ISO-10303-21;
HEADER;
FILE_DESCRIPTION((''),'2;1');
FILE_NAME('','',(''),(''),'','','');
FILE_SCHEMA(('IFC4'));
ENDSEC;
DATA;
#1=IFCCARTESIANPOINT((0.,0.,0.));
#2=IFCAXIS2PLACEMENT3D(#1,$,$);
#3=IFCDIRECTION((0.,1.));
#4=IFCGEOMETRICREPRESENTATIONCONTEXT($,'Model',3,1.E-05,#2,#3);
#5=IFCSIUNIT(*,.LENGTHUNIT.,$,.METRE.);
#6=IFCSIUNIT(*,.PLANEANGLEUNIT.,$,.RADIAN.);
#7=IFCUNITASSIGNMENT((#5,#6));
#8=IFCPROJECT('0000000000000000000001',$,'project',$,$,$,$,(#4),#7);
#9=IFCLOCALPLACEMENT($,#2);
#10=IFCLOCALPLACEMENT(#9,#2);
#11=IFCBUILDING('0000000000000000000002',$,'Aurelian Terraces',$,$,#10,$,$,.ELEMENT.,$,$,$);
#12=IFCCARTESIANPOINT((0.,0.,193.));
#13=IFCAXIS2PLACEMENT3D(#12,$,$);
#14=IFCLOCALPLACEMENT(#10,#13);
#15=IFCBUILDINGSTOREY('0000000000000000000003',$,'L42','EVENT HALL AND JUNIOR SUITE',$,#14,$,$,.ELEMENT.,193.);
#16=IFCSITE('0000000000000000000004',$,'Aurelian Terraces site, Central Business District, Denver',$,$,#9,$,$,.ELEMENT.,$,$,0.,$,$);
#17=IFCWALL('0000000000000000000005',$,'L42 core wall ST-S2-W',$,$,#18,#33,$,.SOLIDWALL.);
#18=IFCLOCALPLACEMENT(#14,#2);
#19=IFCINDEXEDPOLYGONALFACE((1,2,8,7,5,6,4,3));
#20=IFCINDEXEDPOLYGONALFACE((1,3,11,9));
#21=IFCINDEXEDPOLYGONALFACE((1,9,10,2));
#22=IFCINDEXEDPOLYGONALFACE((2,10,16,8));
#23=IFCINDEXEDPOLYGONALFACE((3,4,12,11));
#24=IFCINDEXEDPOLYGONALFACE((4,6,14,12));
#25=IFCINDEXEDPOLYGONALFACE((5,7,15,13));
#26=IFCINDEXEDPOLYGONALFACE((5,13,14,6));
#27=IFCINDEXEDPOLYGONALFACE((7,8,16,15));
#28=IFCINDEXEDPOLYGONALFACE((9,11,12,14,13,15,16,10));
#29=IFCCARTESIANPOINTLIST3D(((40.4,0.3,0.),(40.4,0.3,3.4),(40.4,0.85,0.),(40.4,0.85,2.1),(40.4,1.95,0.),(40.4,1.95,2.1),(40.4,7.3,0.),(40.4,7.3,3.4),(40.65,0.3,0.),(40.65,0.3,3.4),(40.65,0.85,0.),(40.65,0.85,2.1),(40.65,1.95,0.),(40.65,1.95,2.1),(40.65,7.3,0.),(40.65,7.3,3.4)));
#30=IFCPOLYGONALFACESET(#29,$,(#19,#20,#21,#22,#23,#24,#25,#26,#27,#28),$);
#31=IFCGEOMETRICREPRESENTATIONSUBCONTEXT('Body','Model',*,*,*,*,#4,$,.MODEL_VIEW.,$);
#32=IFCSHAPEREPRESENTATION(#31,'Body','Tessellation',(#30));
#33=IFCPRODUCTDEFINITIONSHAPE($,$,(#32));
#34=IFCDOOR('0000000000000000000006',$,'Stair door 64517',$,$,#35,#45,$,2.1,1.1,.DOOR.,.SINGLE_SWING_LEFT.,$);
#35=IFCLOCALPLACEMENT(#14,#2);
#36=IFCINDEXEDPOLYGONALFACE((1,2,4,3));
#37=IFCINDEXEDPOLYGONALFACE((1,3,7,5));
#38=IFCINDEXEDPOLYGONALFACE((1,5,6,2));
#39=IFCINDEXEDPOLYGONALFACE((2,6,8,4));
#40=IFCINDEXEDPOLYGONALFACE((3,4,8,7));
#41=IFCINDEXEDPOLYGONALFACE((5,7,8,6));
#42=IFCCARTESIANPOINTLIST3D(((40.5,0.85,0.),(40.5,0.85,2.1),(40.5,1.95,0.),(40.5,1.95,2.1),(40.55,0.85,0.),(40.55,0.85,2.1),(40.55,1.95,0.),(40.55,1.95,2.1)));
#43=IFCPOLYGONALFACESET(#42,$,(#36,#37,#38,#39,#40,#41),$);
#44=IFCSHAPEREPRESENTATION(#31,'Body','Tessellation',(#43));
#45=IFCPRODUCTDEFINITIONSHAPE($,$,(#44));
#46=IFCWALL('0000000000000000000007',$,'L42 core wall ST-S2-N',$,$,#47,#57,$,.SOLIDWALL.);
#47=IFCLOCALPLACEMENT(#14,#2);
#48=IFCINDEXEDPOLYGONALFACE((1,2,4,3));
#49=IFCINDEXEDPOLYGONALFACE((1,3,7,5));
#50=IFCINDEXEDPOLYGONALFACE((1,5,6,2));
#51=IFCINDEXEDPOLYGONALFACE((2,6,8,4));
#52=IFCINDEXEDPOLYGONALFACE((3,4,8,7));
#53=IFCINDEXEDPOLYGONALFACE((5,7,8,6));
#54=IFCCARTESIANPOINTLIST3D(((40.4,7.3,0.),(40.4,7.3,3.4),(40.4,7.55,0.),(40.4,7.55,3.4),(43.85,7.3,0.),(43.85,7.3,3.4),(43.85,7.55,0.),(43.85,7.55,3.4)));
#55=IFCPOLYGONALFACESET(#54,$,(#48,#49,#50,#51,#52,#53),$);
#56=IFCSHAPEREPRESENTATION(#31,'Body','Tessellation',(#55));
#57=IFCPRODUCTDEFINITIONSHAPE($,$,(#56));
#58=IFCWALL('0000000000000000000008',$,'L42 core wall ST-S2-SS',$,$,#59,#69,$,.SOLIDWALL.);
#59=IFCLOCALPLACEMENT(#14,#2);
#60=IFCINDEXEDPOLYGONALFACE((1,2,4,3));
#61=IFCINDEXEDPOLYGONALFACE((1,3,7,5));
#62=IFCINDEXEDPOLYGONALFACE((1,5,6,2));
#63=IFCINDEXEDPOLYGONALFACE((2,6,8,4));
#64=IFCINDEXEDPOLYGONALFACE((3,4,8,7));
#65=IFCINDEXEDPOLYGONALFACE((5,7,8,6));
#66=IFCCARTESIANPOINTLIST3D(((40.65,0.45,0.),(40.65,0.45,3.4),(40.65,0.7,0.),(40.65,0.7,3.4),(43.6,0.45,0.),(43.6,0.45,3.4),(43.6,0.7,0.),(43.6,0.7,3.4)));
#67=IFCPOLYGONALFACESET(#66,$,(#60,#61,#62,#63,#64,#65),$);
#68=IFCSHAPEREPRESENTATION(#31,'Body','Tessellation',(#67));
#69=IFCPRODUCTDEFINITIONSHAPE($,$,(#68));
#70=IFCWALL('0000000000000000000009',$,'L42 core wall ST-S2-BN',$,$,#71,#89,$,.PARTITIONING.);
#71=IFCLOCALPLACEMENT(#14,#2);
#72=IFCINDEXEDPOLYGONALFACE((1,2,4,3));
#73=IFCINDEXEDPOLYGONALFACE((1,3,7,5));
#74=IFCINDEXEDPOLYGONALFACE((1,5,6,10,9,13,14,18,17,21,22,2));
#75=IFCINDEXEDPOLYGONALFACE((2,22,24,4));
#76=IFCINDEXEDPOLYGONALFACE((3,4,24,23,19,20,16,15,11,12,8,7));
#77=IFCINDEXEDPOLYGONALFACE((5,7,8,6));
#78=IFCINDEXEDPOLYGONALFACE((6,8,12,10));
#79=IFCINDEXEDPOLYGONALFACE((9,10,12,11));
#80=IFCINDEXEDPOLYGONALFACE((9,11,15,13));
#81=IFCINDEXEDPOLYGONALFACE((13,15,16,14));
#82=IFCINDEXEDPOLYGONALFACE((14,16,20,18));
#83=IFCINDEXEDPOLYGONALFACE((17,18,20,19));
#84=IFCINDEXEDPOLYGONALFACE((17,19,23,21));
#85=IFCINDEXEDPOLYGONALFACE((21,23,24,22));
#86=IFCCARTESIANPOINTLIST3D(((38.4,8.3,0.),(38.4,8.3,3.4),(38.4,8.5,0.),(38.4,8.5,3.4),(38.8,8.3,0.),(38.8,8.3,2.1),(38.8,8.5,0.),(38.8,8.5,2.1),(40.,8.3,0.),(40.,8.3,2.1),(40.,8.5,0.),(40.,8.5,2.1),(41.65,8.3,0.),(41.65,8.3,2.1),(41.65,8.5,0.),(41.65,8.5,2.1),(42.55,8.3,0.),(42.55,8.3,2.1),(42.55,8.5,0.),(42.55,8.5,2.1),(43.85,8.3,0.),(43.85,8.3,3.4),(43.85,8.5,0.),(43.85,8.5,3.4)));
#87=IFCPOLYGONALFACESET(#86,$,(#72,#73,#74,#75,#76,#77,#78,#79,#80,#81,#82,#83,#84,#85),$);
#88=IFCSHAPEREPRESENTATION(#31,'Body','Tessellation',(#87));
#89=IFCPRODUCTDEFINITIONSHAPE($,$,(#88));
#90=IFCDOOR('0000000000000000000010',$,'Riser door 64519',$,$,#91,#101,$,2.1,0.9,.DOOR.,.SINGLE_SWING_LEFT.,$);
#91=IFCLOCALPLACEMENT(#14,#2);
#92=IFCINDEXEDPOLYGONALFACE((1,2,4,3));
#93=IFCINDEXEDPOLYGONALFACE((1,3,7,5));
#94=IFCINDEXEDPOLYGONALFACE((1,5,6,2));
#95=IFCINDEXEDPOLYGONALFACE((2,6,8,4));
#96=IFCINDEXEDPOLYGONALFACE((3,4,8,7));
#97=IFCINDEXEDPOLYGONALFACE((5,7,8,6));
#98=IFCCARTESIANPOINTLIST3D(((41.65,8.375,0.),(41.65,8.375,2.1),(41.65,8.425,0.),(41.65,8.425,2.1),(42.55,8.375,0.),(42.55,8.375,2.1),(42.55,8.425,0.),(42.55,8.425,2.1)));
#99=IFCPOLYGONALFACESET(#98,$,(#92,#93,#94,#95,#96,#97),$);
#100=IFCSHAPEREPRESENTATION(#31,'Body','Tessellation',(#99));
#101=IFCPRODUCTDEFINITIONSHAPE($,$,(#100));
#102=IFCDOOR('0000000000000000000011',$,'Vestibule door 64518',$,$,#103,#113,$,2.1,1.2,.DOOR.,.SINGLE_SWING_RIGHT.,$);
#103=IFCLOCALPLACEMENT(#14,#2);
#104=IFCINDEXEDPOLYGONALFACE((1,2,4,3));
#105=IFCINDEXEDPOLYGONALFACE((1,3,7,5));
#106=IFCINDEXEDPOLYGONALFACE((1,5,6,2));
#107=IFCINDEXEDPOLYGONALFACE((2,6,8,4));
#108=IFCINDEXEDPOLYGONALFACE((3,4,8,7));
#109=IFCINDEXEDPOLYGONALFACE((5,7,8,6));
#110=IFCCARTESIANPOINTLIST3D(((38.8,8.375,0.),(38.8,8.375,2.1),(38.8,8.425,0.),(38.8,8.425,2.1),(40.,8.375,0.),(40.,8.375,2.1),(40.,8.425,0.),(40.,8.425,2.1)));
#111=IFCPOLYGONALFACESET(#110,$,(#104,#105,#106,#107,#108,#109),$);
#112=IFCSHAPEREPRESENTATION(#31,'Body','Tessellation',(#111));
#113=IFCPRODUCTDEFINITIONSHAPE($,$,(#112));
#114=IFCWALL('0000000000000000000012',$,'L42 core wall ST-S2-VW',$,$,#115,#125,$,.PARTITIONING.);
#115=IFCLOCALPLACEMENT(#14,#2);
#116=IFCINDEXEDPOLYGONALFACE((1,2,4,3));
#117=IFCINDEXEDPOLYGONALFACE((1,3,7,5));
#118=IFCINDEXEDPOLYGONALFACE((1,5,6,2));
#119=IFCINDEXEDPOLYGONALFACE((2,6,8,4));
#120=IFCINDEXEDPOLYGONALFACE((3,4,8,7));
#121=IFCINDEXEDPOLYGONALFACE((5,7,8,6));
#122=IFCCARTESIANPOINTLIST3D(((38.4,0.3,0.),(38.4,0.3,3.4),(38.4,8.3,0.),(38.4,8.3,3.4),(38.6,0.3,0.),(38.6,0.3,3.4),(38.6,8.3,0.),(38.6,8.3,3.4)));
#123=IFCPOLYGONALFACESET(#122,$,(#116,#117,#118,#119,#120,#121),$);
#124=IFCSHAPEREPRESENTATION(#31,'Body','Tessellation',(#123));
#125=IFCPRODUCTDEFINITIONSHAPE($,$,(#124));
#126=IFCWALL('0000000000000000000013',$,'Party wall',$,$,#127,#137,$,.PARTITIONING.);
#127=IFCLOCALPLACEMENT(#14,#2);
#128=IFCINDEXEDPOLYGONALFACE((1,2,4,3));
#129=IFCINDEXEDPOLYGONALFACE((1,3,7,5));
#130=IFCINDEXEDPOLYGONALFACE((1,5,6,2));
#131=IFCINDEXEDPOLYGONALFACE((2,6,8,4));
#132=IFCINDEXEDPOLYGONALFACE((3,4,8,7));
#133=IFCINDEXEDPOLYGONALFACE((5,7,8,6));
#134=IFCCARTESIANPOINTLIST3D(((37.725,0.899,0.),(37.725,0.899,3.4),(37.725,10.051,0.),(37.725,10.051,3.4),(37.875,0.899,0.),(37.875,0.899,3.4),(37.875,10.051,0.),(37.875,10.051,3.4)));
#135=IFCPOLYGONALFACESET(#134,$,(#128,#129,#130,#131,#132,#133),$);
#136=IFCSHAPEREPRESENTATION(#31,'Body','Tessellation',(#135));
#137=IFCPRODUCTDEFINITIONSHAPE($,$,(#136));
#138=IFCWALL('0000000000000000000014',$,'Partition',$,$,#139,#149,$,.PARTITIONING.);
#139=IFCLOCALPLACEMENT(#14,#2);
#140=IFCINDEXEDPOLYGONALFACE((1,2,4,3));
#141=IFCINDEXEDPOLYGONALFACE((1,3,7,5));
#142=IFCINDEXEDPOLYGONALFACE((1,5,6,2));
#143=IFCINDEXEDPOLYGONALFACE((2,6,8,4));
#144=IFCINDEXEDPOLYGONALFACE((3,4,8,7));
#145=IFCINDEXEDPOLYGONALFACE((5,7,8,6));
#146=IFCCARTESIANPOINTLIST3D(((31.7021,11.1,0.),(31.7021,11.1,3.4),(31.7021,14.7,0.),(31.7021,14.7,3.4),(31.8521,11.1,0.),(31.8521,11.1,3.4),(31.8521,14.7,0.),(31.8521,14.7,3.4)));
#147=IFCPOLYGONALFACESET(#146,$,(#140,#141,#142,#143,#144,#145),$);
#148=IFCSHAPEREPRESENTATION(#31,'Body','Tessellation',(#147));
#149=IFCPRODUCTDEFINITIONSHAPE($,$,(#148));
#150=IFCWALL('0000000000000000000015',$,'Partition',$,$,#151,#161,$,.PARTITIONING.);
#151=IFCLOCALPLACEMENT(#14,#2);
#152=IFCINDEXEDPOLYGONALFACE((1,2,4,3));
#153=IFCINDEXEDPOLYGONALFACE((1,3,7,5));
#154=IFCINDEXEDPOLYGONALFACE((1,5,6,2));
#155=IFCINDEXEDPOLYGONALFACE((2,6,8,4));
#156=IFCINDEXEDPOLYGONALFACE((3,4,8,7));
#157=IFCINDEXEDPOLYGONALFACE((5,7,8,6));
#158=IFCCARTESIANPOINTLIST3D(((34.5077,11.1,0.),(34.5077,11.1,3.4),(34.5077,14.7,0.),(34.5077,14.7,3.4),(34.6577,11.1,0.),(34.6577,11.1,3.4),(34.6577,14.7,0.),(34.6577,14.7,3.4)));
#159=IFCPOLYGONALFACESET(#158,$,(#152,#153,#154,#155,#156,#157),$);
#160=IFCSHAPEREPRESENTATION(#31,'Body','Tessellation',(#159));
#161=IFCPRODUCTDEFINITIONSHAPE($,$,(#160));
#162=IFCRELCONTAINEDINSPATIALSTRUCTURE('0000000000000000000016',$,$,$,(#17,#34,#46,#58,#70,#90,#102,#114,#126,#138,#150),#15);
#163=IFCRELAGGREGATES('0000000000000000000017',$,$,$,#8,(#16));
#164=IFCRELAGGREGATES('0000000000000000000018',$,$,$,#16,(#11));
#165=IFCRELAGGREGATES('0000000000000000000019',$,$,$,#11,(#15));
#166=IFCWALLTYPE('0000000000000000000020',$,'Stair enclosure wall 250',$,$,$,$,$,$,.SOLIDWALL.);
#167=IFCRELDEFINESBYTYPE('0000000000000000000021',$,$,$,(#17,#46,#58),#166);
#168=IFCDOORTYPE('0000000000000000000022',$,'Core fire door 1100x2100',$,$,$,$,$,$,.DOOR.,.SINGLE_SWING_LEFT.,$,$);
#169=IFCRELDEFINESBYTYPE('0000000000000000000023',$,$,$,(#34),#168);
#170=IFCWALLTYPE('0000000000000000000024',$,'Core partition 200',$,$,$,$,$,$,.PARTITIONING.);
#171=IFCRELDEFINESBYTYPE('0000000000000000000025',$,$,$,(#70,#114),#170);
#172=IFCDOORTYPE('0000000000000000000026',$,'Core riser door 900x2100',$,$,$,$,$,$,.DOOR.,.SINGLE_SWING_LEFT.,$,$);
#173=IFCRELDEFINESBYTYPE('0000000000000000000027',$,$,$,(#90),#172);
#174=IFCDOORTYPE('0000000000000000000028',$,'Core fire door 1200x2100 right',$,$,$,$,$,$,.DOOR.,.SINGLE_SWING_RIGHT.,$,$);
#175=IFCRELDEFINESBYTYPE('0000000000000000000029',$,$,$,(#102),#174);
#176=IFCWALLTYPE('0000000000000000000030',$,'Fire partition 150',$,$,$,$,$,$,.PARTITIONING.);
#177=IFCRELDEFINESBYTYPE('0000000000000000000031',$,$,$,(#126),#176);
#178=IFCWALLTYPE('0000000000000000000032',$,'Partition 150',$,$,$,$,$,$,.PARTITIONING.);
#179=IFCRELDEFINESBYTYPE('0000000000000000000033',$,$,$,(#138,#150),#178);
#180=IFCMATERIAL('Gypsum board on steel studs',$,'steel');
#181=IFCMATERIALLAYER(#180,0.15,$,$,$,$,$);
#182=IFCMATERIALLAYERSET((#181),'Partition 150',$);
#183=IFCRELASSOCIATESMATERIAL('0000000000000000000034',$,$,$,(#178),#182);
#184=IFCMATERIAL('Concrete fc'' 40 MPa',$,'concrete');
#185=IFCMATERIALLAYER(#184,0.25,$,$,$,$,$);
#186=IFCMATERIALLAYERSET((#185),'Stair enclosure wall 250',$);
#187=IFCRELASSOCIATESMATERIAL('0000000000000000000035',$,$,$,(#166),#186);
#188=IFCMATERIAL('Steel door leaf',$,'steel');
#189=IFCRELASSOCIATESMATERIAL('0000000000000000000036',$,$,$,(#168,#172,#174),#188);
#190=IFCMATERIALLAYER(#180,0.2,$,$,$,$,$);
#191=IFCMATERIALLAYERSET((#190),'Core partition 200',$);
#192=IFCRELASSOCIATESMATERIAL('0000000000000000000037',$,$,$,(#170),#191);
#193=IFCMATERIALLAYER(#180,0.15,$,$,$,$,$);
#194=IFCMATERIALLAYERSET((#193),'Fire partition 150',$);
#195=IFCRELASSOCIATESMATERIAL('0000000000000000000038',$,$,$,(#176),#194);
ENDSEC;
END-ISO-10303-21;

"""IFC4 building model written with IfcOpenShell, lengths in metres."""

from ifc_helpers import new_model, si_unit, direction, frame, frame_2d, origin, place, context, subcontext, project, spatial, rectangle, extrude, source, transform, mapped, material, layer, layer_set, type_object, element, fill, save


model = new_model("IFC4")

# Units and contexts
model_context = context("Model", 3, precision=1e-05, world=origin(), true_north=direction((0.0, 1.0)))
body_context = subcontext(model_context, "Body", "Model", "MODEL_VIEW")
ifc_project = project(units=[si_unit("LENGTHUNIT", "METRE"), si_unit("PLANEANGLEUNIT", "RADIAN")], contexts=[model_context])

# Site, building, storey
site_placement = place(None, origin())
site = spatial("IfcSite", under=ifc_project, at=site_placement, Name="Aurelian Terraces site, Central Business District, Denver", CompositionType="ELEMENT", RefElevation=0.0)
building_placement = place(site_placement, origin())
building = spatial("IfcBuilding", under=site, at=building_placement, Name="Aurelian Terraces", CompositionType="ELEMENT")
storey_placement = place(building_placement, frame((0.0, 0.0, 193.0)))
storey = spatial("IfcBuildingStorey", under=building, at=storey_placement, Name="L42", Description="EVENT HALL AND JUNIOR SUITE", CompositionType="ELEMENT", Elevation=193.0)

# Shared definitions
ifc_material_1 = material(Name="Gypsum board on steel studs", Category="steel")
ifc_layer_1 = layer(ifc_material_1, 0.15)
ifc_layer_set_1 = layer_set([ifc_layer_1], Name="Partition 150")
wall_type_1 = type_object("IfcWallType", Name="Partition 150", PredefinedType="PARTITIONING", material=ifc_layer_set_1)

# Shared definitions
ifc_material_2 = material(Name="Concrete fc' 40 MPa", Category="concrete")

# Wall, opening, door
ifc_layer_2 = layer(ifc_material_2, 0.25)
ifc_layer_set_2 = layer_set([ifc_layer_2], Name="Stair enclosure wall 250")
wall_type_2 = type_object("IfcWallType", Name="Stair enclosure wall 250", PredefinedType="SOLIDWALL", material=ifc_layer_set_2)
shared_shape_1 = source(origin(), body_context, "Body", "SweptSolid", [
    extrude(rectangle(XDim=7.0, YDim=0.25, at=frame_2d((3.5, 0.0))), origin(), (0.0, 0.0, 1.0), 3.4),
])
wall_1_placement = place(storey_placement, frame((40.525, 0.3, 0.0), z_axis=(0.0, 0.0, 1.0), x_axis=(0.0, 1.0, 0.0)))
wall_1 = element("IfcWall", 1, at=wall_1_placement, inside=storey, type_object=wall_type_2, Name="L42 core wall ST-S2-W", PredefinedType="SOLIDWALL", context=body_context, shape_type="MappedRepresentation", body=[
    mapped(shared_shape_1, transform((0.0, 0.0, 0.0), scale=1.0)),
])
shared_shape_2 = source(origin(), body_context, "Body", "SweptSolid", [
    extrude(rectangle(XDim=1.1, YDim=2.1, at=frame_2d((0.55, 1.05))), frame((0.0, 0.135, 0.0), z_axis=(0.0, -1.0, 0.0), x_axis=(1.0, 0.0, 0.0)), (0.0, 0.0, 1.0), 0.27),
])
opening_1_placement = place(wall_1_placement, frame((0.55, 0.0, 0.0)))
opening_1 = element("IfcOpeningElement", 2, at=opening_1_placement, cuts=wall_1, PredefinedType="OPENING", context=body_context, shape_type="MappedRepresentation", body=[
    mapped(shared_shape_2, transform((0.0, 0.0, 0.0), scale=1.0)),
])
ifc_material_3 = material(Name="Steel door leaf", Category="steel")
door_type_1 = type_object("IfcDoorType", Name="Core fire door 1100x2100", OperationType="SINGLE_SWING_LEFT", PredefinedType="DOOR", material=ifc_material_3)
shared_shape_3 = source(origin(), body_context, "Body", "SweptSolid", [
    extrude(rectangle(XDim=1.1, YDim=2.1, at=frame_2d((0.55, 1.05))), frame((0.0, 0.025, 0.0), z_axis=(0.0, -1.0, 0.0), x_axis=(1.0, 0.0, 0.0)), (0.0, 0.0, 1.0), 0.05),
])
door_1_placement = place(opening_1_placement, origin())
door_1 = element("IfcDoor", 3, at=door_1_placement, inside=storey, type_object=door_type_1, Name="Stair door 64517", OperationType="SINGLE_SWING_LEFT", OverallHeight=2.1, OverallWidth=1.1, PredefinedType="DOOR", context=body_context, shape_type="MappedRepresentation", body=[
    mapped(shared_shape_3, transform((0.0, 0.0, 0.0), scale=1.0)),
])
fill(opening_1, door_1)

# Walls
shared_shape_4 = source(origin(), body_context, "Body", "SweptSolid", [
    extrude(rectangle(XDim=3.45, YDim=0.25, at=frame_2d((1.725, 0.0))), origin(), (0.0, 0.0, 1.0), 3.4),
])
wall_2_placement = place(storey_placement, frame((40.4, 7.425, 0.0), z_axis=(0.0, 0.0, 1.0), x_axis=(1.0, 0.0, 0.0)))
element("IfcWall", 4, at=wall_2_placement, inside=storey, type_object=wall_type_2, Name="L42 core wall ST-S2-N", PredefinedType="SOLIDWALL", context=body_context, shape_type="MappedRepresentation", body=[
    mapped(shared_shape_4, transform((0.0, 0.0, 0.0), scale=1.0)),
])
shared_shape_5 = source(origin(), body_context, "Body", "SweptSolid", [
    extrude(rectangle(XDim=2.95, YDim=0.25, at=frame_2d((1.475, 0.0))), origin(), (0.0, 0.0, 1.0), 3.4),
])
wall_3_placement = place(storey_placement, frame((40.65, 0.575, 0.0), z_axis=(0.0, 0.0, 1.0), x_axis=(1.0, 0.0, 0.0)))
element("IfcWall", 5, at=wall_3_placement, inside=storey, type_object=wall_type_2, Name="L42 core wall ST-S2-SS", PredefinedType="SOLIDWALL", context=body_context, shape_type="MappedRepresentation", body=[
    mapped(shared_shape_5, transform((0.0, 0.0, 0.0), scale=1.0)),
])

# Wall, openings, doors
ifc_layer_3 = layer(ifc_material_1, 0.2)
ifc_layer_set_3 = layer_set([ifc_layer_3], Name="Core partition 200")
wall_type_3 = type_object("IfcWallType", Name="Core partition 200", PredefinedType="PARTITIONING", material=ifc_layer_set_3)
shared_shape_6 = source(origin(), body_context, "Body", "SweptSolid", [
    extrude(rectangle(XDim=5.45, YDim=0.2, at=frame_2d((2.725, 0.0))), origin(), (0.0, 0.0, 1.0), 3.4),
])
wall_4_placement = place(storey_placement, frame((38.4, 8.4, 0.0), z_axis=(0.0, 0.0, 1.0), x_axis=(1.0, 0.0, 0.0)))
wall_4 = element("IfcWall", 6, at=wall_4_placement, inside=storey, type_object=wall_type_3, Name="L42 core wall ST-S2-BN", PredefinedType="PARTITIONING", context=body_context, shape_type="MappedRepresentation", body=[
    mapped(shared_shape_6, transform((0.0, 0.0, 0.0), scale=1.0)),
])
shared_shape_7 = source(origin(), body_context, "Body", "SweptSolid", [
    extrude(rectangle(XDim=1.2, YDim=2.1, at=frame_2d((0.6, 1.05))), frame((0.0, 0.11, 0.0), z_axis=(0.0, -1.0, 0.0), x_axis=(1.0, 0.0, 0.0)), (0.0, 0.0, 1.0), 0.22),
])
opening_2_placement = place(wall_4_placement, frame((0.4, 0.0, 0.0)))
opening_2 = element("IfcOpeningElement", 7, at=opening_2_placement, cuts=wall_4, PredefinedType="OPENING", context=body_context, shape_type="MappedRepresentation", body=[
    mapped(shared_shape_7, transform((0.0, 0.0, 0.0), scale=1.0)),
])
shared_shape_8 = source(origin(), body_context, "Body", "SweptSolid", [
    extrude(rectangle(XDim=0.9, YDim=2.1, at=frame_2d((0.45, 1.05))), frame((0.0, 0.11, 0.0), z_axis=(0.0, -1.0, 0.0), x_axis=(1.0, 0.0, 0.0)), (0.0, 0.0, 1.0), 0.22),
])
opening_3_placement = place(wall_4_placement, frame((3.25, 0.0, 0.0)))
opening_3 = element("IfcOpeningElement", 8, at=opening_3_placement, cuts=wall_4, PredefinedType="OPENING", context=body_context, shape_type="MappedRepresentation", body=[
    mapped(shared_shape_8, transform((0.0, 0.0, 0.0), scale=1.0)),
])
door_type_2 = type_object("IfcDoorType", Name="Core riser door 900x2100", OperationType="SINGLE_SWING_LEFT", PredefinedType="DOOR", material=ifc_material_3)
shared_shape_9 = source(origin(), body_context, "Body", "SweptSolid", [
    extrude(rectangle(XDim=0.9, YDim=2.1, at=frame_2d((0.45, 1.05))), frame((0.0, 0.025, 0.0), z_axis=(0.0, -1.0, 0.0), x_axis=(1.0, 0.0, 0.0)), (0.0, 0.0, 1.0), 0.05),
])
door_2_placement = place(opening_3_placement, origin())
door_2 = element("IfcDoor", 9, at=door_2_placement, inside=storey, type_object=door_type_2, Name="Riser door 64519", OperationType="SINGLE_SWING_LEFT", OverallHeight=2.1, OverallWidth=0.9, PredefinedType="DOOR", context=body_context, shape_type="MappedRepresentation", body=[
    mapped(shared_shape_9, transform((0.0, 0.0, 0.0), scale=1.0)),
])
fill(opening_3, door_2)
door_type_3 = type_object("IfcDoorType", Name="Core fire door 1200x2100 right", OperationType="SINGLE_SWING_RIGHT", PredefinedType="DOOR", material=ifc_material_3)
shared_shape_10 = source(origin(), body_context, "Body", "SweptSolid", [
    extrude(rectangle(XDim=1.2, YDim=2.1, at=frame_2d((0.6, 1.05))), frame((0.0, 0.025, 0.0), z_axis=(0.0, -1.0, 0.0), x_axis=(1.0, 0.0, 0.0)), (0.0, 0.0, 1.0), 0.05),
])
door_3_placement = place(opening_2_placement, origin())
door_3 = element("IfcDoor", 10, at=door_3_placement, inside=storey, type_object=door_type_3, Name="Vestibule door 64518", OperationType="SINGLE_SWING_RIGHT", OverallHeight=2.1, OverallWidth=1.2, PredefinedType="DOOR", context=body_context, shape_type="MappedRepresentation", body=[
    mapped(shared_shape_10, transform((0.0, 0.0, 0.0), scale=1.0)),
])
fill(opening_2, door_3)

# Walls
shared_shape_11 = source(origin(), body_context, "Body", "SweptSolid", [
    extrude(rectangle(XDim=8.0, YDim=0.2, at=frame_2d((4.0, 0.0))), origin(), (0.0, 0.0, 1.0), 3.4),
])
wall_5_placement = place(storey_placement, frame((38.5, 0.3, 0.0), z_axis=(0.0, 0.0, 1.0), x_axis=(0.0, 1.0, 0.0)))
element("IfcWall", 11, at=wall_5_placement, inside=storey, type_object=wall_type_3, Name="L42 core wall ST-S2-VW", PredefinedType="PARTITIONING", context=body_context, shape_type="MappedRepresentation", body=[
    mapped(shared_shape_11, transform((0.0, 0.0, 0.0), scale=1.0)),
])
ifc_layer_4 = layer(ifc_material_1, 0.15)
ifc_layer_set_4 = layer_set([ifc_layer_4], Name="Fire partition 150")
wall_type_4 = type_object("IfcWallType", Name="Fire partition 150", PredefinedType="PARTITIONING", material=ifc_layer_set_4)
shared_shape_12 = source(origin(), body_context, "Body", "SweptSolid", [
    extrude(rectangle(XDim=9.152, YDim=0.15, at=frame_2d((4.576, 0.0))), origin(), (0.0, 0.0, 1.0), 3.4),
])
wall_6_placement = place(storey_placement, frame((37.8, 0.899, 0.0), z_axis=(0.0, 0.0, 1.0), x_axis=(0.0, 1.0, 0.0)))
element("IfcWall", 12, at=wall_6_placement, inside=storey, type_object=wall_type_4, Name="Party wall", PredefinedType="PARTITIONING", context=body_context, shape_type="MappedRepresentation", body=[
    mapped(shared_shape_12, transform((0.0, 0.0, 0.0), scale=1.0)),
])
shared_shape_13 = source(origin(), body_context, "Body", "SweptSolid", [
    extrude(rectangle(XDim=3.6, YDim=0.15, at=frame_2d((1.8, 0.0))), origin(), (0.0, 0.0, 1.0), 3.4),
])
for number, where, z_axis, x_axis, name in (
    (13, (31.7771, 11.1, 0.0), (0.0, 0.0, 1.0), (0.0, 1.0, 0.0), "Partition"),
    (14, (34.5827, 11.1, 0.0), (0.0, 0.0, 1.0), (0.0, 1.0, 0.0), "Partition"),
):
    element("IfcWall", number, at=place(storey_placement, frame(where, z_axis=z_axis, x_axis=x_axis)), inside=storey, type_object=wall_type_1, Name=name, PredefinedType="PARTITIONING", context=body_context, shape_type="MappedRepresentation", body=[
        mapped(shared_shape_13, transform((0.0, 0.0, 0.0), scale=1.0)),
    ])

save(model, "model.ifc")
